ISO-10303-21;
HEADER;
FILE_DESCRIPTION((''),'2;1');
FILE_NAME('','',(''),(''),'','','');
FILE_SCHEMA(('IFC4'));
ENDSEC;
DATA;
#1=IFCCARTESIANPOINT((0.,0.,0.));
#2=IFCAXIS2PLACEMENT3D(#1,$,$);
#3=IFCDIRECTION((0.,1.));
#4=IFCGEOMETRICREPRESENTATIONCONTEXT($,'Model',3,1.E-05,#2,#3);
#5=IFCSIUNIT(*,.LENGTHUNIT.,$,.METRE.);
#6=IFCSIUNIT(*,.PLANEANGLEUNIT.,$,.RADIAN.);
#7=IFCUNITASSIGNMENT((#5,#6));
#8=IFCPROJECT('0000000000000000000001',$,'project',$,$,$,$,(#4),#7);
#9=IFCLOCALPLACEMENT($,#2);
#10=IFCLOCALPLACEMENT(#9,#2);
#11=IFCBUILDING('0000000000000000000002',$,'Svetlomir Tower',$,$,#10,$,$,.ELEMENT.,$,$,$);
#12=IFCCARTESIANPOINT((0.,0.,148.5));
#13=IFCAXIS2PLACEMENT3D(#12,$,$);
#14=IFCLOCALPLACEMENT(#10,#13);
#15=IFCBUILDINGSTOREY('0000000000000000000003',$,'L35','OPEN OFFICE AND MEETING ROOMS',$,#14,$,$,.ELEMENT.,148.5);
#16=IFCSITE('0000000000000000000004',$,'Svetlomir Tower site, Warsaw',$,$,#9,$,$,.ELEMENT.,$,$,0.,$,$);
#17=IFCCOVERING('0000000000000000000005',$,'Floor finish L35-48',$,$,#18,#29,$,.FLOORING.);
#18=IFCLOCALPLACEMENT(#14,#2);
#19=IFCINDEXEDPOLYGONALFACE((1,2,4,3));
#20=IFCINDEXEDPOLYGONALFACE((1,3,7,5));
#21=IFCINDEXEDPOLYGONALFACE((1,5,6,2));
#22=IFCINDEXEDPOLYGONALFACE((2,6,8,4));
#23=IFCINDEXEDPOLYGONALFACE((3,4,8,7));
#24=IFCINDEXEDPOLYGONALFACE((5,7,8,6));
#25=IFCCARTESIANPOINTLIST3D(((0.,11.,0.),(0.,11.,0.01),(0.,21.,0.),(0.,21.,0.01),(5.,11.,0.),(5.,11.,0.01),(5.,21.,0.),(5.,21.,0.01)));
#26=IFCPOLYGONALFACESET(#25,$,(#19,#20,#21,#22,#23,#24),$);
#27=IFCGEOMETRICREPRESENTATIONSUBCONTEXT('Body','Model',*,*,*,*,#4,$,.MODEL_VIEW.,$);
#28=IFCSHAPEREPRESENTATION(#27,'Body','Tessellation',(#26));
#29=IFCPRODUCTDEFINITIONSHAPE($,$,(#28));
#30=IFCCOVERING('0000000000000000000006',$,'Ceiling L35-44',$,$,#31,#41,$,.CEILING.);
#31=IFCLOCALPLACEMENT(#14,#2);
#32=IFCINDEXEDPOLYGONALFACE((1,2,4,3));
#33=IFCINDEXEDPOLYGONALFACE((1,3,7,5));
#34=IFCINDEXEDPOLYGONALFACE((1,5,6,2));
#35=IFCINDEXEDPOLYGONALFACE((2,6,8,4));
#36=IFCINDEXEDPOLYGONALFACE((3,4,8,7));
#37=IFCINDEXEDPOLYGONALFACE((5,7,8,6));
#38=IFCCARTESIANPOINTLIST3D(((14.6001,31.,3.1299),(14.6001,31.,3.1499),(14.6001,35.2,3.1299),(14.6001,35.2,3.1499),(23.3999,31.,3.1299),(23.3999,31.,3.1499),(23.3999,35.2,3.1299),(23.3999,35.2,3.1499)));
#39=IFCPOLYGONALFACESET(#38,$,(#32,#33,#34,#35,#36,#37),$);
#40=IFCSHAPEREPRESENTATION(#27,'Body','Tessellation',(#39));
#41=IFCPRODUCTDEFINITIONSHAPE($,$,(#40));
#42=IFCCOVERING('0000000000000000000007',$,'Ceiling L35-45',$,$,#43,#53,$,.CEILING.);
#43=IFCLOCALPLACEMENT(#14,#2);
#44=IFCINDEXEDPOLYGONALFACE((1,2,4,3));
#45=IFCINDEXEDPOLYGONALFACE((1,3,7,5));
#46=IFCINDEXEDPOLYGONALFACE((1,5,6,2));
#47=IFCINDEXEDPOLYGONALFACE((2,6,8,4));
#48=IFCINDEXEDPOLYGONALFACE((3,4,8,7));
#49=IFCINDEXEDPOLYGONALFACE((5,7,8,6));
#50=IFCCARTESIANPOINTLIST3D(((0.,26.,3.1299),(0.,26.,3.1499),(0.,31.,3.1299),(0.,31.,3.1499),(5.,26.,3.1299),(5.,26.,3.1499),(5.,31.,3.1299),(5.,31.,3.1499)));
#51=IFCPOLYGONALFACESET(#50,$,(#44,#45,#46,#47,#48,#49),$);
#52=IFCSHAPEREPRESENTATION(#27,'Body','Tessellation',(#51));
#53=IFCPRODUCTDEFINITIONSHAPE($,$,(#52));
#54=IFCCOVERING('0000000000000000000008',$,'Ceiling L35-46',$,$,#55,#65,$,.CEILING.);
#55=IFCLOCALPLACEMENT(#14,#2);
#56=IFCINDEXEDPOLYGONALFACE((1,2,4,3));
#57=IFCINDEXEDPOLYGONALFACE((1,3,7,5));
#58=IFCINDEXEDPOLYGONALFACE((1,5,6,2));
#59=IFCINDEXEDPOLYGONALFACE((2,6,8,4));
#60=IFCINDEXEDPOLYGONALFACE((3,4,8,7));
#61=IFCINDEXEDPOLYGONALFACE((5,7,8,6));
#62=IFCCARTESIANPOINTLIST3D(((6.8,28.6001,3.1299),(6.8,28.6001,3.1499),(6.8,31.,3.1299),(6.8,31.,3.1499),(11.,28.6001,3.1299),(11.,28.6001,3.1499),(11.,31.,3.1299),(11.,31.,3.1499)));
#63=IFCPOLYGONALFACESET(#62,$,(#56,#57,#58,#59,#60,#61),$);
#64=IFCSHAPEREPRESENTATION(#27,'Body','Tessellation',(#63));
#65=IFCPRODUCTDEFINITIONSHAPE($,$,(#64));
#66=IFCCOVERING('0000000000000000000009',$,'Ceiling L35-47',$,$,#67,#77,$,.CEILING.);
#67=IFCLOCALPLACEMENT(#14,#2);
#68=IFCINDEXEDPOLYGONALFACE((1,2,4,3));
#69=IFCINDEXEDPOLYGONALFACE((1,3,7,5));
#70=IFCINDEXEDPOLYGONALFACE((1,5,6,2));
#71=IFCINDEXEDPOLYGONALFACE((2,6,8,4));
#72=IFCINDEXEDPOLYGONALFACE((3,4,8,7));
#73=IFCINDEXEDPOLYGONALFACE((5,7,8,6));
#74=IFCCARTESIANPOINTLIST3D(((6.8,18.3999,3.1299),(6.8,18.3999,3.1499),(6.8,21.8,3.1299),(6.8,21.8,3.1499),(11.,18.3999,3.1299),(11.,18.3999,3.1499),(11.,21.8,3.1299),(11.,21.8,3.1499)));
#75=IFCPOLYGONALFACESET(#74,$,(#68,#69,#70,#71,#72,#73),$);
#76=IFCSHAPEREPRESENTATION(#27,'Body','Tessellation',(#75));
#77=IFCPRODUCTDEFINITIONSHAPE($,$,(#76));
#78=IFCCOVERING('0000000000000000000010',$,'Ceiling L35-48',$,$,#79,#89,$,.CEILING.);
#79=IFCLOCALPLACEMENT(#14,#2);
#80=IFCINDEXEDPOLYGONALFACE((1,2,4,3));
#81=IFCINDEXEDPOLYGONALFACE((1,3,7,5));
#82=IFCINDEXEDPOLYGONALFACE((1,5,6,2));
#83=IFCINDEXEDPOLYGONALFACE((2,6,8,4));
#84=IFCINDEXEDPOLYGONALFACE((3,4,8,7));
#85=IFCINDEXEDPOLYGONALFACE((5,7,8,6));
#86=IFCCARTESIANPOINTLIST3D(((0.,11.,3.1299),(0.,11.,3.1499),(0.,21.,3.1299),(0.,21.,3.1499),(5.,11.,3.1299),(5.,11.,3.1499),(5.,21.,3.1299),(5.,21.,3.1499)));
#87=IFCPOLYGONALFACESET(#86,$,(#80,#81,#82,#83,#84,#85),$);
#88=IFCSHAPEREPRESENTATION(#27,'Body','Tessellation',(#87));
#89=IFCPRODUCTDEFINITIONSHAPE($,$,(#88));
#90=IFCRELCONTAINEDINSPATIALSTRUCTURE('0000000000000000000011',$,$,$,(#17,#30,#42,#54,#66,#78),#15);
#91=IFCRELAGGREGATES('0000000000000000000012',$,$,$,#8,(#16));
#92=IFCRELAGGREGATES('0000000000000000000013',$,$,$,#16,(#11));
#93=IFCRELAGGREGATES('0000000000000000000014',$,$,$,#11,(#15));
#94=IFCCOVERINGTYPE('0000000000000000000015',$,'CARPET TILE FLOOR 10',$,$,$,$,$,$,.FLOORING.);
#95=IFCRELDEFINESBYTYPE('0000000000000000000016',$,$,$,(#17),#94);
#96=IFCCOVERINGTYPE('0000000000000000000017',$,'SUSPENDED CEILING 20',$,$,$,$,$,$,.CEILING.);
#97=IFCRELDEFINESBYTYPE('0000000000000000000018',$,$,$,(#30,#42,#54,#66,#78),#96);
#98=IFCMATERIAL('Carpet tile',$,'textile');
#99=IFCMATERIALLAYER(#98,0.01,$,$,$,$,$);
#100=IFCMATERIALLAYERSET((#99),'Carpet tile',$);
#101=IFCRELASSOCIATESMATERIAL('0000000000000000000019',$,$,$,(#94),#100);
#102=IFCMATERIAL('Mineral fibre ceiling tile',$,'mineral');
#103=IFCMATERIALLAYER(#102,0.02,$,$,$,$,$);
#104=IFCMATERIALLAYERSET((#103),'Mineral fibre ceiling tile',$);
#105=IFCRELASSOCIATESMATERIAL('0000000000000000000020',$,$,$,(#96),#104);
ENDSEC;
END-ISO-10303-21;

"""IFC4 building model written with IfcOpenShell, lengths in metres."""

from ifc_helpers import new_model, si_unit, direction, frame, origin, place, context, subcontext, project, spatial, polyline, outline, extrude, material, layer, layer_set, type_object, element, save


model = new_model("IFC4")

# Units and contexts
model_context = context("Model", 3, precision=1e-05, world=origin(), true_north=direction((0.0, 1.0)))
body_context = subcontext(model_context, "Body", "Model", "MODEL_VIEW")
ifc_project = project(units=[si_unit("LENGTHUNIT", "METRE"), si_unit("PLANEANGLEUNIT", "RADIAN")], contexts=[model_context])

# Site, building, storey
site_placement = place(None, origin())
site = spatial("IfcSite", under=ifc_project, at=site_placement, Name="Svetlomir Tower site, Warsaw", CompositionType="ELEMENT", RefElevation=0.0)
building_placement = place(site_placement, origin())
building = spatial("IfcBuilding", under=site, at=building_placement, Name="Svetlomir Tower", CompositionType="ELEMENT")
storey_placement = place(building_placement, frame((0.0, 0.0, 148.5)))
storey = spatial("IfcBuildingStorey", under=building, at=storey_placement, Name="L35", Description="OPEN OFFICE AND MEETING ROOMS", CompositionType="ELEMENT", Elevation=148.5)

# Coverings
ifc_material_1 = material(Name="Carpet tile", Category="textile")
ifc_layer_1 = layer(ifc_material_1, 0.01)
ifc_layer_set_1 = layer_set([ifc_layer_1], Name="Carpet tile")
covering_type_1 = type_object("IfcCoveringType", Name="CARPET TILE FLOOR 10", PredefinedType="FLOORING", material=ifc_layer_set_1)
covering_1_placement = place(storey_placement, origin())
element("IfcCovering", 1, at=covering_1_placement, inside=storey, type_object=covering_type_1, Name="Floor finish L35-48", PredefinedType="FLOORING", context=body_context, shape_type="SweptSolid", body=[
    extrude(outline(polyline([(0.0, 21.0), (5.0, 21.0), (5.0, 11.0), (0.0, 11.0), (0.0, 21.0)])), origin(), (0.0, 0.0, 1.0), 0.01),
])
ifc_material_2 = material(Name="Mineral fibre ceiling tile", Category="mineral")
ifc_layer_2 = layer(ifc_material_2, 0.02)
ifc_layer_set_2 = layer_set([ifc_layer_2], Name="Mineral fibre ceiling tile")
covering_type_2 = type_object("IfcCoveringType", Name="SUSPENDED CEILING 20", PredefinedType="CEILING", material=ifc_layer_set_2)
covering_2_placement = place(storey_placement, frame((0.0, 0.0, 3.1299)))
element("IfcCovering", 2, at=covering_2_placement, inside=storey, type_object=covering_type_2, Name="Ceiling L35-44", PredefinedType="CEILING", context=body_context, shape_type="SweptSolid", body=[
    extrude(outline(polyline([(14.6001, 31.0), (14.6001, 35.2), (23.3999, 35.2), (23.3999, 31.0), (14.6001, 31.0)])), origin(), (0.0, 0.0, 1.0), 0.02),
])
covering_3_placement = place(storey_placement, frame((0.0, 0.0, 3.1299)))
element("IfcCovering", 3, at=covering_3_placement, inside=storey, type_object=covering_type_2, Name="Ceiling L35-45", PredefinedType="CEILING", context=body_context, shape_type="SweptSolid", body=[
    extrude(outline(polyline([(5.0, 26.0), (0.0, 26.0), (0.0, 31.0), (5.0, 31.0), (5.0, 26.0)])), origin(), (0.0, 0.0, 1.0), 0.02),
])
covering_4_placement = place(storey_placement, frame((0.0, 0.0, 3.1299)))
element("IfcCovering", 4, at=covering_4_placement, inside=storey, type_object=covering_type_2, Name="Ceiling L35-46", PredefinedType="CEILING", context=body_context, shape_type="SweptSolid", body=[
    extrude(outline(polyline([(11.0, 28.6001), (6.8, 28.6001), (6.8, 31.0), (11.0, 31.0), (11.0, 28.6001)])), origin(), (0.0, 0.0, 1.0), 0.02),
])
covering_5_placement = place(storey_placement, frame((0.0, 0.0, 3.1299)))
element("IfcCovering", 5, at=covering_5_placement, inside=storey, type_object=covering_type_2, Name="Ceiling L35-47", PredefinedType="CEILING", context=body_context, shape_type="SweptSolid", body=[
    extrude(outline(polyline([(6.8, 18.3999), (6.8, 21.8), (11.0, 21.8), (11.0, 18.3999), (6.8, 18.3999)])), origin(), (0.0, 0.0, 1.0), 0.02),
])
covering_6_placement = place(storey_placement, frame((0.0, 0.0, 3.1299)))
element("IfcCovering", 6, at=covering_6_placement, inside=storey, type_object=covering_type_2, Name="Ceiling L35-48", PredefinedType="CEILING", context=body_context, shape_type="SweptSolid", body=[
    extrude(outline(polyline([(0.0, 21.0), (5.0, 21.0), (5.0, 11.0), (0.0, 11.0), (0.0, 21.0)])), origin(), (0.0, 0.0, 1.0), 0.02),
])

save(model, "model.ifc")
